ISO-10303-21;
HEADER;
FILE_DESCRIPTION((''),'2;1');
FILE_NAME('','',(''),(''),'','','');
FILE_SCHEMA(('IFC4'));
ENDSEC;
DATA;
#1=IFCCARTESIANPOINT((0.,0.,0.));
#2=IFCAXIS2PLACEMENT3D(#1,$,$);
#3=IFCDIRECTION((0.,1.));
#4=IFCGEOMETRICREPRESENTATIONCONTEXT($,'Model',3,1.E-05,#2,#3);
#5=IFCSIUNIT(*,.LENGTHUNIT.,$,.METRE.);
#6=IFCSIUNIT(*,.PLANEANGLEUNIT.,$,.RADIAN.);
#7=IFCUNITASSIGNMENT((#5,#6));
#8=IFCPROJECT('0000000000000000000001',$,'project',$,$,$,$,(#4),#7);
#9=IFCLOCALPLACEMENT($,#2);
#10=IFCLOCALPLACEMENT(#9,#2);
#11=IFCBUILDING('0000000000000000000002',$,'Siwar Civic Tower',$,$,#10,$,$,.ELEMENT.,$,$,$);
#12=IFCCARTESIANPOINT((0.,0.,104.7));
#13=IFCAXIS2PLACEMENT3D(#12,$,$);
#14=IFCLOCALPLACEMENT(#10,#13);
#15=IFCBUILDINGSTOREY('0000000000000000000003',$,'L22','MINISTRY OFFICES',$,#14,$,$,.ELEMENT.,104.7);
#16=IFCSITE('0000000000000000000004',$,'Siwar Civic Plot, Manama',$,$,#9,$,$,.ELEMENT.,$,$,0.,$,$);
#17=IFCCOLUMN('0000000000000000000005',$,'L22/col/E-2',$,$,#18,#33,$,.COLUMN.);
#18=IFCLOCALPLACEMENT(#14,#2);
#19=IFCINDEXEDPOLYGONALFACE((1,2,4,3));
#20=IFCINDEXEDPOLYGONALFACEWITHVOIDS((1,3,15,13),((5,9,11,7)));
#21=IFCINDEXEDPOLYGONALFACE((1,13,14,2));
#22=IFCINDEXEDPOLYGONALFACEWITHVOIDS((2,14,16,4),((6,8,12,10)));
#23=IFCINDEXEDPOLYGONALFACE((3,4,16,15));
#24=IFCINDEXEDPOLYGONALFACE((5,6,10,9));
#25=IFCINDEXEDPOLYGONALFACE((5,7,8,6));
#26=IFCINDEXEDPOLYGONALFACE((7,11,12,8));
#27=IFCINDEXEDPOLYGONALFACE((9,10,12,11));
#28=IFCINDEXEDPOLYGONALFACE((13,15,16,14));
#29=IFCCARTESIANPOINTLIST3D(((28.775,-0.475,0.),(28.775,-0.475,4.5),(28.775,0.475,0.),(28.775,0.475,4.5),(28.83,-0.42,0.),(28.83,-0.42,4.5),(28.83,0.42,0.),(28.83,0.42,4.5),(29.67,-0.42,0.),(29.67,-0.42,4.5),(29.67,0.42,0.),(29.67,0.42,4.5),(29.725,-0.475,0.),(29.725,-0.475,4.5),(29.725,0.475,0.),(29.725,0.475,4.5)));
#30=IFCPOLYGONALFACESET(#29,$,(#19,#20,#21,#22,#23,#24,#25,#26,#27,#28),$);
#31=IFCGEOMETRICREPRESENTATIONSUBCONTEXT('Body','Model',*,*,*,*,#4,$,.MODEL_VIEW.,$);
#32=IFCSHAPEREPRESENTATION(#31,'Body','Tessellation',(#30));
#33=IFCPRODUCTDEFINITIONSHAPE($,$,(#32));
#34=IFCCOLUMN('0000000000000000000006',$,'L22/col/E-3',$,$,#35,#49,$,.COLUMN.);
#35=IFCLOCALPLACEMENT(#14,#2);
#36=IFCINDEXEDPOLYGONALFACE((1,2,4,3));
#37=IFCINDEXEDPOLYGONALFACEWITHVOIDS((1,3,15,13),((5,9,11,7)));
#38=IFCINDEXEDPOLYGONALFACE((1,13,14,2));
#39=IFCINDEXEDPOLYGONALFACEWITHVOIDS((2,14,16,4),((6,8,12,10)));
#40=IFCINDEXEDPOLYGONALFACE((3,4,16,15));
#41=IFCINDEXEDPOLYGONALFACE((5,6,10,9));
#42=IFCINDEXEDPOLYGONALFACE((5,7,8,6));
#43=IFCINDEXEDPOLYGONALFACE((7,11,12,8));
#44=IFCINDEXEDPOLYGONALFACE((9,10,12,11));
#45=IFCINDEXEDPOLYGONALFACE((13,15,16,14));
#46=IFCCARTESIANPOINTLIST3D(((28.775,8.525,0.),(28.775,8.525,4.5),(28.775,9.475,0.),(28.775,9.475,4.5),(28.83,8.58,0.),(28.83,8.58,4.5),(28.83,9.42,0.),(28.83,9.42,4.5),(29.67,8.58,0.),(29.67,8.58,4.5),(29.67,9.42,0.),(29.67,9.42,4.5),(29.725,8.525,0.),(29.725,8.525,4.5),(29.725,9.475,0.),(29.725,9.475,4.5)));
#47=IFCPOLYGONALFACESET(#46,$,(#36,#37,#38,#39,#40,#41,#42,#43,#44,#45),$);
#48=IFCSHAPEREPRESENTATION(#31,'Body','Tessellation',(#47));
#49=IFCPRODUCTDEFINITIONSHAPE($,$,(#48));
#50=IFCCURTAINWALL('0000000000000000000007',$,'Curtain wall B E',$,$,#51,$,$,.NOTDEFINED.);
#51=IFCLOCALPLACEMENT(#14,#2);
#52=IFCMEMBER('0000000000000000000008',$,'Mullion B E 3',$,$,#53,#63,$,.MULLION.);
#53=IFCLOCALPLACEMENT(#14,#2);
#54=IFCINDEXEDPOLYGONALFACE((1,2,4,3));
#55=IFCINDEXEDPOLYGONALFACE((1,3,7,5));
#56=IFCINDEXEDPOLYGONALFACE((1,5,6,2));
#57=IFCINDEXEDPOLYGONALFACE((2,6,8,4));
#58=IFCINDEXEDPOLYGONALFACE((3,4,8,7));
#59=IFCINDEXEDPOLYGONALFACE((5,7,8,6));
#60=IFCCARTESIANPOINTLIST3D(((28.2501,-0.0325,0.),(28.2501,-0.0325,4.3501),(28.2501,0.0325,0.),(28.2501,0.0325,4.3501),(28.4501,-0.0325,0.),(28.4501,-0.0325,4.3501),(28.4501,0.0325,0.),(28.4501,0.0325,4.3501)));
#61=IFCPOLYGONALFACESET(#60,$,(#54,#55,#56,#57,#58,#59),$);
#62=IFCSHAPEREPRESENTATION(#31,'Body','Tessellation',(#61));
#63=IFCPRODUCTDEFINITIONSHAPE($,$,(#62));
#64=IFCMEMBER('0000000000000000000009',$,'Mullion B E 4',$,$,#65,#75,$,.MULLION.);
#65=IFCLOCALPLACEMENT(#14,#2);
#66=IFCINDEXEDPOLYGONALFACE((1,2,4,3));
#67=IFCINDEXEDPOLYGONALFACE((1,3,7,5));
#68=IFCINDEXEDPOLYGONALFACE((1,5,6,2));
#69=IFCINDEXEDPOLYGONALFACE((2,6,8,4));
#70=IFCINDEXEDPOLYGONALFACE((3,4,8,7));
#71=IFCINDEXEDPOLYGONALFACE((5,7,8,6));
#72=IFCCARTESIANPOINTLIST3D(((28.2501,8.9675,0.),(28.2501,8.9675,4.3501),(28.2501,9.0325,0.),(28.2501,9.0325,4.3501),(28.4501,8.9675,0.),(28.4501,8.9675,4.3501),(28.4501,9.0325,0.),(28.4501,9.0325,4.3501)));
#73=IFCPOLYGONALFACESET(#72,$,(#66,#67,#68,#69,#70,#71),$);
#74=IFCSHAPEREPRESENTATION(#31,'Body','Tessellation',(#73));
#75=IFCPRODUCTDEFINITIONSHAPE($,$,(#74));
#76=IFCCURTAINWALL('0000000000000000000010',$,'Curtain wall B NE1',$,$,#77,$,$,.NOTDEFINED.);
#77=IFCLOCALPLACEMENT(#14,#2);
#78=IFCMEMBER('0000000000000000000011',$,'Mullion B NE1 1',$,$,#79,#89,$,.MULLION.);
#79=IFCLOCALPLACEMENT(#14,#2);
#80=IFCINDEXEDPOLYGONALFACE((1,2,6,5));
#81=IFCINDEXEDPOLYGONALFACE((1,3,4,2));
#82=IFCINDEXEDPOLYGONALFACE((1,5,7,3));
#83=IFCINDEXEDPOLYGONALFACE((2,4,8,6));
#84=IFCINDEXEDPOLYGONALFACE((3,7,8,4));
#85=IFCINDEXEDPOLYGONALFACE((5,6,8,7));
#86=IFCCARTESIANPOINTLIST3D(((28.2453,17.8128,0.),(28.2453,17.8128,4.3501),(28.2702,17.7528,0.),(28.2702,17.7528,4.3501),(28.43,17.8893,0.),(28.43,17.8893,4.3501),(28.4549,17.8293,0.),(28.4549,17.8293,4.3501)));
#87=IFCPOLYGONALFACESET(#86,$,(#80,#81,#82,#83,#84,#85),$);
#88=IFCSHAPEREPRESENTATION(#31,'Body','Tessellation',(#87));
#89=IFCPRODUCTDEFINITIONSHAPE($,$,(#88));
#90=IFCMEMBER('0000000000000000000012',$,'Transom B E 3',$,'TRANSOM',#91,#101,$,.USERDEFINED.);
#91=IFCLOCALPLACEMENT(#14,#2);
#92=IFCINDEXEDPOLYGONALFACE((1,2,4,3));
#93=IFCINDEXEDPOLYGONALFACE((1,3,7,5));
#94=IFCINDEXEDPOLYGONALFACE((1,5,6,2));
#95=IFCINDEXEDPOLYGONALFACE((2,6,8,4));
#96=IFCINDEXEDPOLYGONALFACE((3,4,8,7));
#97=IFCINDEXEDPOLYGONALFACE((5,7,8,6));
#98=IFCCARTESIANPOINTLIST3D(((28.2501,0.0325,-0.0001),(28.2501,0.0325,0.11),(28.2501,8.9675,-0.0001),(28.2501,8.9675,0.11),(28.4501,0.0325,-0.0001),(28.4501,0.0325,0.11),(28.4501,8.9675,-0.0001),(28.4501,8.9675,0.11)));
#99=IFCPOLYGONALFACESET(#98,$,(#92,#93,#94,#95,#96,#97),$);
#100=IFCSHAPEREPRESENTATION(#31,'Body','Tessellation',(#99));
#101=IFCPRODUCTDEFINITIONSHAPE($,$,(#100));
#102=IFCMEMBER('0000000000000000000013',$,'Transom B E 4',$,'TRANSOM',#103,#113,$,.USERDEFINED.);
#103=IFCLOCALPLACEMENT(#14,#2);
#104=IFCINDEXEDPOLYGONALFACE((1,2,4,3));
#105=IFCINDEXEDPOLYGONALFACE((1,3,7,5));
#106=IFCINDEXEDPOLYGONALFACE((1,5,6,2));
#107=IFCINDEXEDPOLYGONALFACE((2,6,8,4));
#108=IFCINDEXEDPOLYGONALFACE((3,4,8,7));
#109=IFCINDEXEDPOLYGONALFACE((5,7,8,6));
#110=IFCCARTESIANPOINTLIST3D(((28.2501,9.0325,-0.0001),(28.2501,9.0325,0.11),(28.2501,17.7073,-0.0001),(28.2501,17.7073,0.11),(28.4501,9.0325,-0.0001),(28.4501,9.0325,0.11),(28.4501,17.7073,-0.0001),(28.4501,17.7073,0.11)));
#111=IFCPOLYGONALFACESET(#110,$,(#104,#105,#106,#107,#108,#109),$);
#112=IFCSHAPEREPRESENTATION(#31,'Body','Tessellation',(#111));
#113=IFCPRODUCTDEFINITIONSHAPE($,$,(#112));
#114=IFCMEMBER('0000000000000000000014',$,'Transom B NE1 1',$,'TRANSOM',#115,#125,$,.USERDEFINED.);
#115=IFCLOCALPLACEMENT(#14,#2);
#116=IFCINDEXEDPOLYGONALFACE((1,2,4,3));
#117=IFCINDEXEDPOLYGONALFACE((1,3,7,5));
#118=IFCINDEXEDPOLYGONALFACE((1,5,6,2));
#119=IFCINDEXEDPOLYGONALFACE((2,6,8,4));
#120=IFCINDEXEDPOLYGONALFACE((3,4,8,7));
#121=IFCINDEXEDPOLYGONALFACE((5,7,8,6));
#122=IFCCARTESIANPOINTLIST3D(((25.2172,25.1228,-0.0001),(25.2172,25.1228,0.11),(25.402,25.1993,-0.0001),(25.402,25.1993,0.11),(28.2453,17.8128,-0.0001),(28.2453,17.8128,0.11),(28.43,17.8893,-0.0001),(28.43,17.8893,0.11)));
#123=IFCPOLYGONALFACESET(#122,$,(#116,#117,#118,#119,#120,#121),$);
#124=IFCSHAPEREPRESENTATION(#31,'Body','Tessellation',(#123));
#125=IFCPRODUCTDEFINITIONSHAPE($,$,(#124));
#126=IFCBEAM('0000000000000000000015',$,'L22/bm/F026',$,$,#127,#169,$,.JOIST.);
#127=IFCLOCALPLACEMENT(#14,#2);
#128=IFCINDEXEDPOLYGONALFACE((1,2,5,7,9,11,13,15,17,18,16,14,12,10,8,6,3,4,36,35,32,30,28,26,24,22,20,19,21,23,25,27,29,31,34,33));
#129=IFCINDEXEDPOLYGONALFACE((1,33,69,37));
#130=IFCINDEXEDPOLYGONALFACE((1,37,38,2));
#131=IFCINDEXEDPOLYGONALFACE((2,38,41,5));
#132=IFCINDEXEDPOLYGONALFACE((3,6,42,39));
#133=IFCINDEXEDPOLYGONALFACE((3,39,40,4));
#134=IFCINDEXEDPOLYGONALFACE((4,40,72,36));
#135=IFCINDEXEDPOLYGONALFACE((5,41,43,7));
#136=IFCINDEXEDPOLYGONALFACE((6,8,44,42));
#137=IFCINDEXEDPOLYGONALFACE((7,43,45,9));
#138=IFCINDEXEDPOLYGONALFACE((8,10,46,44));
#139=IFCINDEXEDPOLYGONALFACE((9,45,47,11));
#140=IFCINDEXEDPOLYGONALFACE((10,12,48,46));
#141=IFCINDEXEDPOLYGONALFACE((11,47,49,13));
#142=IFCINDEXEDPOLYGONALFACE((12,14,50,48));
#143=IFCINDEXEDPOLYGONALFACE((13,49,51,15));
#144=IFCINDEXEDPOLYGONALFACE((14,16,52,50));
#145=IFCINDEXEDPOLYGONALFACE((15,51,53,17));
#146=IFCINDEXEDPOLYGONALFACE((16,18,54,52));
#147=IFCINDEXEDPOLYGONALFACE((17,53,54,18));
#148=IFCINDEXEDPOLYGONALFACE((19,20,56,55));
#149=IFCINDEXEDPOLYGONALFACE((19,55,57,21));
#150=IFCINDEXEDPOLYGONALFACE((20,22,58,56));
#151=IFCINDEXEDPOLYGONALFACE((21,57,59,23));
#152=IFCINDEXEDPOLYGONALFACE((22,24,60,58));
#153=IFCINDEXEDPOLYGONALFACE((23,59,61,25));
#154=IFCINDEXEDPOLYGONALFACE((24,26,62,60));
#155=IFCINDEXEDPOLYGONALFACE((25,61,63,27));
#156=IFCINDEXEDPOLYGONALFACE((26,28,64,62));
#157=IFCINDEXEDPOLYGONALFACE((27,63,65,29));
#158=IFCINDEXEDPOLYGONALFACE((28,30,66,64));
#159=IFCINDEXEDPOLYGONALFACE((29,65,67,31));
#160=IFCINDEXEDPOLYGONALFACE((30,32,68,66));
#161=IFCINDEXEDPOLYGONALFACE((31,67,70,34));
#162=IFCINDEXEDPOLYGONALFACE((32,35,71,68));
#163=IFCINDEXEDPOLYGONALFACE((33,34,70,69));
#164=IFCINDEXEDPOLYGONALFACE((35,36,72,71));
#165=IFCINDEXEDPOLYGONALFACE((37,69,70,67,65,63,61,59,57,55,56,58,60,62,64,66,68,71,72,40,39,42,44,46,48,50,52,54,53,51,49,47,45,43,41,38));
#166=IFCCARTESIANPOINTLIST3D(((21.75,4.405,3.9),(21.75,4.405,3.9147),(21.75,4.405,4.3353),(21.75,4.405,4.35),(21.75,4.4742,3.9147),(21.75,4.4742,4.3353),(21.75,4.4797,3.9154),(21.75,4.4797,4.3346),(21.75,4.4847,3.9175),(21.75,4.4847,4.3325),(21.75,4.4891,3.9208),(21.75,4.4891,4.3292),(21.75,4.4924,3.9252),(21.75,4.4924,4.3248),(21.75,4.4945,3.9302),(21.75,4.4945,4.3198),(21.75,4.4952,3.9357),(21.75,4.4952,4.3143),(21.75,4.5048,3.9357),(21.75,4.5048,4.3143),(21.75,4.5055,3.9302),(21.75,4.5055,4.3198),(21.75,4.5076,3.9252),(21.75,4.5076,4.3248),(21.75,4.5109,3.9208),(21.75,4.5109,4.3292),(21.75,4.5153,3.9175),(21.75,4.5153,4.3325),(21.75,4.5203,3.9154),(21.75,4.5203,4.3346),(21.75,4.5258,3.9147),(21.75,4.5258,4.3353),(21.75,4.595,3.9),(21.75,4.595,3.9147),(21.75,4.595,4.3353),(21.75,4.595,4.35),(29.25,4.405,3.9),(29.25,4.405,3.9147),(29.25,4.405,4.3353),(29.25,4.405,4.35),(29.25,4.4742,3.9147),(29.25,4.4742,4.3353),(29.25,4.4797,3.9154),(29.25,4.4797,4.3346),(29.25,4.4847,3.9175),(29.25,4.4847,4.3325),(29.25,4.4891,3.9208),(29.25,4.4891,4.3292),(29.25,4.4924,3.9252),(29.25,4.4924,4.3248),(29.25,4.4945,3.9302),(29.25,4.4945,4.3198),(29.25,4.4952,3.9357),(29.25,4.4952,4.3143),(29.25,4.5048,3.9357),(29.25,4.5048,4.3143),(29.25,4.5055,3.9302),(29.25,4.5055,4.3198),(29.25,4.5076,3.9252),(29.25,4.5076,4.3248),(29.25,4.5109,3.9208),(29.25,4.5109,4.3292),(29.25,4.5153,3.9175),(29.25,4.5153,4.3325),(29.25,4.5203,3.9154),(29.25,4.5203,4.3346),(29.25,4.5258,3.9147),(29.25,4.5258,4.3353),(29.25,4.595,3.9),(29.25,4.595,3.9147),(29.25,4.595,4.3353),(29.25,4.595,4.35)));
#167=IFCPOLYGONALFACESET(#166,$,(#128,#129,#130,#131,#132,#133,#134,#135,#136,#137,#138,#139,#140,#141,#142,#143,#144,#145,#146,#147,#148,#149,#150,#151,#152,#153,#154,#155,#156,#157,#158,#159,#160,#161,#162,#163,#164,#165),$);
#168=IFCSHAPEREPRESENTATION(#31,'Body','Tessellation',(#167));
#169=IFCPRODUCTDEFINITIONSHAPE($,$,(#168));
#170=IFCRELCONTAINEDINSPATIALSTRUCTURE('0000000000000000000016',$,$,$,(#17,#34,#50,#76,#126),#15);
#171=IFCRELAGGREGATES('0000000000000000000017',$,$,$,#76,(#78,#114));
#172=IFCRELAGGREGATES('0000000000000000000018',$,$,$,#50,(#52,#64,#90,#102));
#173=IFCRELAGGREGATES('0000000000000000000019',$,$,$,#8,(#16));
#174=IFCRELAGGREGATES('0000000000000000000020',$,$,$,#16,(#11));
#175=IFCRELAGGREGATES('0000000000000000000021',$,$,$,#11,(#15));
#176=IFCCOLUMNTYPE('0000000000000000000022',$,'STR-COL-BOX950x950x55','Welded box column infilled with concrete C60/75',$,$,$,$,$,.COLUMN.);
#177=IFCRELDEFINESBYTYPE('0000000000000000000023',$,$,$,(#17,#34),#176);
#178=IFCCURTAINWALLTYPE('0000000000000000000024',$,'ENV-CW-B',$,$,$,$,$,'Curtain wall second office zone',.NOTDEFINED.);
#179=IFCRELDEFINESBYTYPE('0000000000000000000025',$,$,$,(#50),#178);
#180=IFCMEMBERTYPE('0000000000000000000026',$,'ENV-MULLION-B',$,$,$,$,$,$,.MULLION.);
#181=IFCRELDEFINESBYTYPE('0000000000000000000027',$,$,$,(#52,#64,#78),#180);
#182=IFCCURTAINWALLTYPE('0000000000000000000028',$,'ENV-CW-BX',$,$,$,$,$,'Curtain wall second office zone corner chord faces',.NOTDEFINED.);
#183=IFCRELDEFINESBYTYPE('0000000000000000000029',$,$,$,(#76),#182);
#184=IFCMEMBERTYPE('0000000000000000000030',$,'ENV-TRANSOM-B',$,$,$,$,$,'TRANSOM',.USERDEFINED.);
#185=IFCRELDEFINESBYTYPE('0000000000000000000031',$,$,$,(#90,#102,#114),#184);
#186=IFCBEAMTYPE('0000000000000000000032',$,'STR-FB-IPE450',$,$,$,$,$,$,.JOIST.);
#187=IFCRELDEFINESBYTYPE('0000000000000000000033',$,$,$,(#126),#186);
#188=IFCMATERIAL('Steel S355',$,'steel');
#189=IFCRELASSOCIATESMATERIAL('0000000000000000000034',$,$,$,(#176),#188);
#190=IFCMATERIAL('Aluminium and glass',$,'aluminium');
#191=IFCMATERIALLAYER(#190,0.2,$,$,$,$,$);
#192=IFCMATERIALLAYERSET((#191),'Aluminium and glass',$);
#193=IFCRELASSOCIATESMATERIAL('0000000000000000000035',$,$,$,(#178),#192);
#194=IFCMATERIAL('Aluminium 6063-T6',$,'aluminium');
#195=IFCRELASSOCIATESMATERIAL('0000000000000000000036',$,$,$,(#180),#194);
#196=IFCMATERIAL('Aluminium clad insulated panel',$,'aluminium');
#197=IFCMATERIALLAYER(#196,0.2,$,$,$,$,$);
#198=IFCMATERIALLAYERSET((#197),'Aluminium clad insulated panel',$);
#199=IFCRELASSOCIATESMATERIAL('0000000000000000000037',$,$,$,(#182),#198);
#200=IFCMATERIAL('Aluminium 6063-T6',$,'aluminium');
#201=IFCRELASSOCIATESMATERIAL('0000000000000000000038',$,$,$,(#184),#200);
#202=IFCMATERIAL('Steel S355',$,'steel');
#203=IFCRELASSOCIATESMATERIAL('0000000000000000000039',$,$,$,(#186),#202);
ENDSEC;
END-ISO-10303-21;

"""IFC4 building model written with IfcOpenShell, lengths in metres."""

from ifc_helpers import new_model, si_unit, direction, frame, origin, origin_2d, place, context, subcontext, project, spatial, rectangle, hollow_rectangle, i_section, extrude, material, layer, layer_set, material_profile, profile_set, type_object, element, aggregate, save


model = new_model("IFC4")

# Units and contexts
model_context = context("Model", 3, precision=1e-05, world=origin(), true_north=direction((0.0, 1.0)))
body_context = subcontext(model_context, "Body", "Model", "MODEL_VIEW")
ifc_project = project(units=[si_unit("LENGTHUNIT", "METRE"), si_unit("PLANEANGLEUNIT", "RADIAN")], contexts=[model_context])

# Site, building, storey
site_placement = place(None, origin())
site = spatial("IfcSite", under=ifc_project, at=site_placement, Name="Siwar Civic Plot, Manama", CompositionType="ELEMENT", RefElevation=0.0)
building_placement = place(site_placement, origin())
building = spatial("IfcBuilding", under=site, at=building_placement, Name="Siwar Civic Tower", CompositionType="ELEMENT")
storey_placement = place(building_placement, frame((0.0, 0.0, 104.7)))
storey = spatial("IfcBuildingStorey", under=building, at=storey_placement, Name="L22", Description="MINISTRY OFFICES", CompositionType="ELEMENT", Elevation=104.7)

# Columns
ifc_material_1 = material(Name="Steel S355", Category="steel")
ifc_material_profile_1 = material_profile(ifc_material_1, hollow_rectangle(XDim=0.95, YDim=0.95, WallThickness=0.0549, at=origin_2d()), Name="BOX950x950x55")
ifc_profile_set_1 = profile_set([ifc_material_profile_1], Name="Steel S355")
column_type = type_object("IfcColumnType", Name="STR-COL-BOX950x950x55", Description="Welded box column infilled with concrete C60/75", PredefinedType="COLUMN", material=ifc_profile_set_1)
for number, where, z_axis, x_axis, name in (
    (1, (29.25, 0.0, 0.0), (0.0, 0.0, 1.0), (1.0, 0.0, 0.0), "L22/col/E-2"),
    (2, (29.25, 9.0, 0.0), (0.0, 0.0, 1.0), (1.0, 0.0, 0.0), "L22/col/E-3"),
):
    element("IfcColumn", number, at=place(storey_placement, frame(where, z_axis=z_axis, x_axis=x_axis)), inside=storey, type_object=column_type, Name=name, PredefinedType="COLUMN", context=body_context, shape_type="SweptSolid", body=[
        extrude(hollow_rectangle(XDim=0.95, YDim=0.95, WallThickness=0.0549, at=origin_2d()), origin(), (0.0, 0.0, 1.0), 4.5),
    ])

# Curtain wall, members
ifc_material_2 = material(Name="Aluminium and glass", Category="aluminium")
ifc_layer_1 = layer(ifc_material_2, 0.2)
ifc_layer_set_1 = layer_set([ifc_layer_1], Name="Aluminium and glass")
curtain_wall_type_1 = type_object("IfcCurtainWallType", Name="ENV-CW-B", ElementType="Curtain wall second office zone", PredefinedType="NOTDEFINED", material=ifc_layer_set_1)
curtain_wall_1_placement = place(storey_placement, origin())
curtain_wall_1 = element("IfcCurtainWall", 3, at=curtain_wall_1_placement, inside=storey, type_object=curtain_wall_type_1, Name="Curtain wall B E", PredefinedType="NOTDEFINED")
ifc_material_3 = material(Name="Aluminium 6063-T6", Category="aluminium")
ifc_material_profile_2 = material_profile(ifc_material_3, rectangle(XDim=0.2, YDim=0.0649, at=origin_2d()), Name="AL 200x65")
ifc_profile_set_2 = profile_set([ifc_material_profile_2], Name="Aluminium 6063-T6")
member_type_1 = type_object("IfcMemberType", Name="ENV-MULLION-B", PredefinedType="MULLION", material=ifc_profile_set_2)
member_1_placement = place(storey_placement, frame((28.3501, 0.0, 0.0), z_axis=(0.0, 0.0, 1.0), x_axis=(-1.0, 0.0, 0.0)))
member_1 = element("IfcMember", 4, at=member_1_placement, type_object=member_type_1, Name="Mullion B E 3", PredefinedType="MULLION", context=body_context, shape_type="SweptSolid", body=[
    extrude(rectangle(XDim=0.2, YDim=0.0649, at=origin_2d()), origin(), (0.0, 0.0, 1.0), 4.3501),
])
member_2_placement = place(storey_placement, frame((28.3501, 9.0, 0.0), z_axis=(0.0, 0.0, 1.0), x_axis=(-1.0, 0.0, 0.0)))
member_2 = element("IfcMember", 5, at=member_2_placement, type_object=member_type_1, Name="Mullion B E 4", PredefinedType="MULLION", context=body_context, shape_type="SweptSolid", body=[
    extrude(rectangle(XDim=0.2, YDim=0.0649, at=origin_2d()), origin(), (0.0, 0.0, 1.0), 4.3501),
])

# Curtain wall, member
ifc_material_4 = material(Name="Aluminium clad insulated panel", Category="aluminium")
ifc_layer_2 = layer(ifc_material_4, 0.2)
ifc_layer_set_2 = layer_set([ifc_layer_2], Name="Aluminium clad insulated panel")
curtain_wall_type_2 = type_object("IfcCurtainWallType", Name="ENV-CW-BX", ElementType="Curtain wall second office zone corner chord faces", PredefinedType="NOTDEFINED", material=ifc_layer_set_2)
curtain_wall_2_placement = place(storey_placement, origin())
curtain_wall_2 = element("IfcCurtainWall", 6, at=curtain_wall_2_placement, inside=storey, type_object=curtain_wall_type_2, Name="Curtain wall B NE1", PredefinedType="NOTDEFINED")
member_3_placement = place(storey_placement, frame((28.3501, 17.821, 0.0), z_axis=(0.0, 0.0, 1.0), x_axis=(-0.92388, -0.382683, 0.0)))
member_3 = element("IfcMember", 7, at=member_3_placement, type_object=member_type_1, Name="Mullion B NE1 1", PredefinedType="MULLION", context=body_context, shape_type="SweptSolid", body=[
    extrude(rectangle(XDim=0.2, YDim=0.0649, at=origin_2d()), origin(), (0.0, 0.0, 1.0), 4.3501),
])

# Members
ifc_material_5 = material(Name="Aluminium 6063-T6", Category="aluminium")
ifc_material_profile_3 = material_profile(ifc_material_5, rectangle(XDim=0.2, YDim=0.1101, at=origin_2d()), Name="AL 200x110")
ifc_profile_set_3 = profile_set([ifc_material_profile_3], Name="Aluminium 6063-T6")
member_type_2 = type_object("IfcMemberType", Name="ENV-TRANSOM-B", ElementType="TRANSOM", PredefinedType="USERDEFINED", material=ifc_profile_set_3)
member_4_placement = place(storey_placement, frame((28.3501, 0.0325, 0.0549), z_axis=(0.0, 1.0, 0.0), x_axis=(-1.0, 0.0, 0.0)))
member_4 = element("IfcMember", 8, at=member_4_placement, type_object=member_type_2, Name="Transom B E 3", ObjectType="TRANSOM", PredefinedType="USERDEFINED", context=body_context, shape_type="SweptSolid", body=[
    extrude(rectangle(XDim=0.2, YDim=0.1101, at=origin_2d()), origin(), (0.0, 0.0, 1.0), 8.9351),
])
member_5_placement = place(storey_placement, frame((28.3501, 9.0325, 0.0549), z_axis=(0.0, 1.0, 0.0), x_axis=(-1.0, 0.0, 0.0)))
member_5 = element("IfcMember", 9, at=member_5_placement, type_object=member_type_2, Name="Transom B E 4", ObjectType="TRANSOM", PredefinedType="USERDEFINED", context=body_context, shape_type="SweptSolid", body=[
    extrude(rectangle(XDim=0.2, YDim=0.1101, at=origin_2d()), origin(), (0.0, 0.0, 1.0), 8.6748),
])
member_6_placement = place(storey_placement, frame((28.3376, 17.8511, 0.0549), z_axis=(-0.3827, 0.923873, 0.0), x_axis=(-0.923873, -0.3827, 0.0)))
member_6 = element("IfcMember", 10, at=member_6_placement, type_object=member_type_2, Name="Transom B NE1 1", ObjectType="TRANSOM", PredefinedType="USERDEFINED", context=body_context, shape_type="SweptSolid", body=[
    extrude(rectangle(XDim=0.2, YDim=0.1101, at=origin_2d()), origin(), (0.0, 0.0, 1.0), 7.9124),
])
aggregate(curtain_wall_2, [member_3, member_6])

# Beam
ifc_material_6 = material(Name="Steel S355", Category="steel")
ifc_material_profile_4 = material_profile(ifc_material_6, i_section(OverallWidth=0.1899, OverallDepth=0.45, WebThickness=0.0095, FlangeThickness=0.0146, FilletRadius=0.021, at=origin_2d()), Name="IPE450")
ifc_profile_set_4 = profile_set([ifc_material_profile_4], Name="Steel S355")
beam_type_1 = type_object("IfcBeamType", Name="STR-FB-IPE450", PredefinedType="JOIST", material=ifc_profile_set_4)
for number, where, z_axis, x_axis, name in (
    (11, (21.75, 4.5, 4.125), (1.0, 0.0, 0.0), (0.0, 1.0, 0.0), "L22/bm/F026"),
):
    element("IfcBeam", number, at=place(storey_placement, frame(where, z_axis=z_axis, x_axis=x_axis)), inside=storey, type_object=beam_type_1, Name=name, PredefinedType="JOIST", context=body_context, shape_type="SweptSolid", body=[
        extrude(i_section(OverallWidth=0.1899, OverallDepth=0.45, WebThickness=0.0095, FlangeThickness=0.0146, FilletRadius=0.021, at=origin_2d()), origin(), (0.0, 0.0, 1.0), 7.5),
    ])

aggregate(curtain_wall_1, [member_1, member_2, member_4, member_5])

save(model, "model.ifc")
